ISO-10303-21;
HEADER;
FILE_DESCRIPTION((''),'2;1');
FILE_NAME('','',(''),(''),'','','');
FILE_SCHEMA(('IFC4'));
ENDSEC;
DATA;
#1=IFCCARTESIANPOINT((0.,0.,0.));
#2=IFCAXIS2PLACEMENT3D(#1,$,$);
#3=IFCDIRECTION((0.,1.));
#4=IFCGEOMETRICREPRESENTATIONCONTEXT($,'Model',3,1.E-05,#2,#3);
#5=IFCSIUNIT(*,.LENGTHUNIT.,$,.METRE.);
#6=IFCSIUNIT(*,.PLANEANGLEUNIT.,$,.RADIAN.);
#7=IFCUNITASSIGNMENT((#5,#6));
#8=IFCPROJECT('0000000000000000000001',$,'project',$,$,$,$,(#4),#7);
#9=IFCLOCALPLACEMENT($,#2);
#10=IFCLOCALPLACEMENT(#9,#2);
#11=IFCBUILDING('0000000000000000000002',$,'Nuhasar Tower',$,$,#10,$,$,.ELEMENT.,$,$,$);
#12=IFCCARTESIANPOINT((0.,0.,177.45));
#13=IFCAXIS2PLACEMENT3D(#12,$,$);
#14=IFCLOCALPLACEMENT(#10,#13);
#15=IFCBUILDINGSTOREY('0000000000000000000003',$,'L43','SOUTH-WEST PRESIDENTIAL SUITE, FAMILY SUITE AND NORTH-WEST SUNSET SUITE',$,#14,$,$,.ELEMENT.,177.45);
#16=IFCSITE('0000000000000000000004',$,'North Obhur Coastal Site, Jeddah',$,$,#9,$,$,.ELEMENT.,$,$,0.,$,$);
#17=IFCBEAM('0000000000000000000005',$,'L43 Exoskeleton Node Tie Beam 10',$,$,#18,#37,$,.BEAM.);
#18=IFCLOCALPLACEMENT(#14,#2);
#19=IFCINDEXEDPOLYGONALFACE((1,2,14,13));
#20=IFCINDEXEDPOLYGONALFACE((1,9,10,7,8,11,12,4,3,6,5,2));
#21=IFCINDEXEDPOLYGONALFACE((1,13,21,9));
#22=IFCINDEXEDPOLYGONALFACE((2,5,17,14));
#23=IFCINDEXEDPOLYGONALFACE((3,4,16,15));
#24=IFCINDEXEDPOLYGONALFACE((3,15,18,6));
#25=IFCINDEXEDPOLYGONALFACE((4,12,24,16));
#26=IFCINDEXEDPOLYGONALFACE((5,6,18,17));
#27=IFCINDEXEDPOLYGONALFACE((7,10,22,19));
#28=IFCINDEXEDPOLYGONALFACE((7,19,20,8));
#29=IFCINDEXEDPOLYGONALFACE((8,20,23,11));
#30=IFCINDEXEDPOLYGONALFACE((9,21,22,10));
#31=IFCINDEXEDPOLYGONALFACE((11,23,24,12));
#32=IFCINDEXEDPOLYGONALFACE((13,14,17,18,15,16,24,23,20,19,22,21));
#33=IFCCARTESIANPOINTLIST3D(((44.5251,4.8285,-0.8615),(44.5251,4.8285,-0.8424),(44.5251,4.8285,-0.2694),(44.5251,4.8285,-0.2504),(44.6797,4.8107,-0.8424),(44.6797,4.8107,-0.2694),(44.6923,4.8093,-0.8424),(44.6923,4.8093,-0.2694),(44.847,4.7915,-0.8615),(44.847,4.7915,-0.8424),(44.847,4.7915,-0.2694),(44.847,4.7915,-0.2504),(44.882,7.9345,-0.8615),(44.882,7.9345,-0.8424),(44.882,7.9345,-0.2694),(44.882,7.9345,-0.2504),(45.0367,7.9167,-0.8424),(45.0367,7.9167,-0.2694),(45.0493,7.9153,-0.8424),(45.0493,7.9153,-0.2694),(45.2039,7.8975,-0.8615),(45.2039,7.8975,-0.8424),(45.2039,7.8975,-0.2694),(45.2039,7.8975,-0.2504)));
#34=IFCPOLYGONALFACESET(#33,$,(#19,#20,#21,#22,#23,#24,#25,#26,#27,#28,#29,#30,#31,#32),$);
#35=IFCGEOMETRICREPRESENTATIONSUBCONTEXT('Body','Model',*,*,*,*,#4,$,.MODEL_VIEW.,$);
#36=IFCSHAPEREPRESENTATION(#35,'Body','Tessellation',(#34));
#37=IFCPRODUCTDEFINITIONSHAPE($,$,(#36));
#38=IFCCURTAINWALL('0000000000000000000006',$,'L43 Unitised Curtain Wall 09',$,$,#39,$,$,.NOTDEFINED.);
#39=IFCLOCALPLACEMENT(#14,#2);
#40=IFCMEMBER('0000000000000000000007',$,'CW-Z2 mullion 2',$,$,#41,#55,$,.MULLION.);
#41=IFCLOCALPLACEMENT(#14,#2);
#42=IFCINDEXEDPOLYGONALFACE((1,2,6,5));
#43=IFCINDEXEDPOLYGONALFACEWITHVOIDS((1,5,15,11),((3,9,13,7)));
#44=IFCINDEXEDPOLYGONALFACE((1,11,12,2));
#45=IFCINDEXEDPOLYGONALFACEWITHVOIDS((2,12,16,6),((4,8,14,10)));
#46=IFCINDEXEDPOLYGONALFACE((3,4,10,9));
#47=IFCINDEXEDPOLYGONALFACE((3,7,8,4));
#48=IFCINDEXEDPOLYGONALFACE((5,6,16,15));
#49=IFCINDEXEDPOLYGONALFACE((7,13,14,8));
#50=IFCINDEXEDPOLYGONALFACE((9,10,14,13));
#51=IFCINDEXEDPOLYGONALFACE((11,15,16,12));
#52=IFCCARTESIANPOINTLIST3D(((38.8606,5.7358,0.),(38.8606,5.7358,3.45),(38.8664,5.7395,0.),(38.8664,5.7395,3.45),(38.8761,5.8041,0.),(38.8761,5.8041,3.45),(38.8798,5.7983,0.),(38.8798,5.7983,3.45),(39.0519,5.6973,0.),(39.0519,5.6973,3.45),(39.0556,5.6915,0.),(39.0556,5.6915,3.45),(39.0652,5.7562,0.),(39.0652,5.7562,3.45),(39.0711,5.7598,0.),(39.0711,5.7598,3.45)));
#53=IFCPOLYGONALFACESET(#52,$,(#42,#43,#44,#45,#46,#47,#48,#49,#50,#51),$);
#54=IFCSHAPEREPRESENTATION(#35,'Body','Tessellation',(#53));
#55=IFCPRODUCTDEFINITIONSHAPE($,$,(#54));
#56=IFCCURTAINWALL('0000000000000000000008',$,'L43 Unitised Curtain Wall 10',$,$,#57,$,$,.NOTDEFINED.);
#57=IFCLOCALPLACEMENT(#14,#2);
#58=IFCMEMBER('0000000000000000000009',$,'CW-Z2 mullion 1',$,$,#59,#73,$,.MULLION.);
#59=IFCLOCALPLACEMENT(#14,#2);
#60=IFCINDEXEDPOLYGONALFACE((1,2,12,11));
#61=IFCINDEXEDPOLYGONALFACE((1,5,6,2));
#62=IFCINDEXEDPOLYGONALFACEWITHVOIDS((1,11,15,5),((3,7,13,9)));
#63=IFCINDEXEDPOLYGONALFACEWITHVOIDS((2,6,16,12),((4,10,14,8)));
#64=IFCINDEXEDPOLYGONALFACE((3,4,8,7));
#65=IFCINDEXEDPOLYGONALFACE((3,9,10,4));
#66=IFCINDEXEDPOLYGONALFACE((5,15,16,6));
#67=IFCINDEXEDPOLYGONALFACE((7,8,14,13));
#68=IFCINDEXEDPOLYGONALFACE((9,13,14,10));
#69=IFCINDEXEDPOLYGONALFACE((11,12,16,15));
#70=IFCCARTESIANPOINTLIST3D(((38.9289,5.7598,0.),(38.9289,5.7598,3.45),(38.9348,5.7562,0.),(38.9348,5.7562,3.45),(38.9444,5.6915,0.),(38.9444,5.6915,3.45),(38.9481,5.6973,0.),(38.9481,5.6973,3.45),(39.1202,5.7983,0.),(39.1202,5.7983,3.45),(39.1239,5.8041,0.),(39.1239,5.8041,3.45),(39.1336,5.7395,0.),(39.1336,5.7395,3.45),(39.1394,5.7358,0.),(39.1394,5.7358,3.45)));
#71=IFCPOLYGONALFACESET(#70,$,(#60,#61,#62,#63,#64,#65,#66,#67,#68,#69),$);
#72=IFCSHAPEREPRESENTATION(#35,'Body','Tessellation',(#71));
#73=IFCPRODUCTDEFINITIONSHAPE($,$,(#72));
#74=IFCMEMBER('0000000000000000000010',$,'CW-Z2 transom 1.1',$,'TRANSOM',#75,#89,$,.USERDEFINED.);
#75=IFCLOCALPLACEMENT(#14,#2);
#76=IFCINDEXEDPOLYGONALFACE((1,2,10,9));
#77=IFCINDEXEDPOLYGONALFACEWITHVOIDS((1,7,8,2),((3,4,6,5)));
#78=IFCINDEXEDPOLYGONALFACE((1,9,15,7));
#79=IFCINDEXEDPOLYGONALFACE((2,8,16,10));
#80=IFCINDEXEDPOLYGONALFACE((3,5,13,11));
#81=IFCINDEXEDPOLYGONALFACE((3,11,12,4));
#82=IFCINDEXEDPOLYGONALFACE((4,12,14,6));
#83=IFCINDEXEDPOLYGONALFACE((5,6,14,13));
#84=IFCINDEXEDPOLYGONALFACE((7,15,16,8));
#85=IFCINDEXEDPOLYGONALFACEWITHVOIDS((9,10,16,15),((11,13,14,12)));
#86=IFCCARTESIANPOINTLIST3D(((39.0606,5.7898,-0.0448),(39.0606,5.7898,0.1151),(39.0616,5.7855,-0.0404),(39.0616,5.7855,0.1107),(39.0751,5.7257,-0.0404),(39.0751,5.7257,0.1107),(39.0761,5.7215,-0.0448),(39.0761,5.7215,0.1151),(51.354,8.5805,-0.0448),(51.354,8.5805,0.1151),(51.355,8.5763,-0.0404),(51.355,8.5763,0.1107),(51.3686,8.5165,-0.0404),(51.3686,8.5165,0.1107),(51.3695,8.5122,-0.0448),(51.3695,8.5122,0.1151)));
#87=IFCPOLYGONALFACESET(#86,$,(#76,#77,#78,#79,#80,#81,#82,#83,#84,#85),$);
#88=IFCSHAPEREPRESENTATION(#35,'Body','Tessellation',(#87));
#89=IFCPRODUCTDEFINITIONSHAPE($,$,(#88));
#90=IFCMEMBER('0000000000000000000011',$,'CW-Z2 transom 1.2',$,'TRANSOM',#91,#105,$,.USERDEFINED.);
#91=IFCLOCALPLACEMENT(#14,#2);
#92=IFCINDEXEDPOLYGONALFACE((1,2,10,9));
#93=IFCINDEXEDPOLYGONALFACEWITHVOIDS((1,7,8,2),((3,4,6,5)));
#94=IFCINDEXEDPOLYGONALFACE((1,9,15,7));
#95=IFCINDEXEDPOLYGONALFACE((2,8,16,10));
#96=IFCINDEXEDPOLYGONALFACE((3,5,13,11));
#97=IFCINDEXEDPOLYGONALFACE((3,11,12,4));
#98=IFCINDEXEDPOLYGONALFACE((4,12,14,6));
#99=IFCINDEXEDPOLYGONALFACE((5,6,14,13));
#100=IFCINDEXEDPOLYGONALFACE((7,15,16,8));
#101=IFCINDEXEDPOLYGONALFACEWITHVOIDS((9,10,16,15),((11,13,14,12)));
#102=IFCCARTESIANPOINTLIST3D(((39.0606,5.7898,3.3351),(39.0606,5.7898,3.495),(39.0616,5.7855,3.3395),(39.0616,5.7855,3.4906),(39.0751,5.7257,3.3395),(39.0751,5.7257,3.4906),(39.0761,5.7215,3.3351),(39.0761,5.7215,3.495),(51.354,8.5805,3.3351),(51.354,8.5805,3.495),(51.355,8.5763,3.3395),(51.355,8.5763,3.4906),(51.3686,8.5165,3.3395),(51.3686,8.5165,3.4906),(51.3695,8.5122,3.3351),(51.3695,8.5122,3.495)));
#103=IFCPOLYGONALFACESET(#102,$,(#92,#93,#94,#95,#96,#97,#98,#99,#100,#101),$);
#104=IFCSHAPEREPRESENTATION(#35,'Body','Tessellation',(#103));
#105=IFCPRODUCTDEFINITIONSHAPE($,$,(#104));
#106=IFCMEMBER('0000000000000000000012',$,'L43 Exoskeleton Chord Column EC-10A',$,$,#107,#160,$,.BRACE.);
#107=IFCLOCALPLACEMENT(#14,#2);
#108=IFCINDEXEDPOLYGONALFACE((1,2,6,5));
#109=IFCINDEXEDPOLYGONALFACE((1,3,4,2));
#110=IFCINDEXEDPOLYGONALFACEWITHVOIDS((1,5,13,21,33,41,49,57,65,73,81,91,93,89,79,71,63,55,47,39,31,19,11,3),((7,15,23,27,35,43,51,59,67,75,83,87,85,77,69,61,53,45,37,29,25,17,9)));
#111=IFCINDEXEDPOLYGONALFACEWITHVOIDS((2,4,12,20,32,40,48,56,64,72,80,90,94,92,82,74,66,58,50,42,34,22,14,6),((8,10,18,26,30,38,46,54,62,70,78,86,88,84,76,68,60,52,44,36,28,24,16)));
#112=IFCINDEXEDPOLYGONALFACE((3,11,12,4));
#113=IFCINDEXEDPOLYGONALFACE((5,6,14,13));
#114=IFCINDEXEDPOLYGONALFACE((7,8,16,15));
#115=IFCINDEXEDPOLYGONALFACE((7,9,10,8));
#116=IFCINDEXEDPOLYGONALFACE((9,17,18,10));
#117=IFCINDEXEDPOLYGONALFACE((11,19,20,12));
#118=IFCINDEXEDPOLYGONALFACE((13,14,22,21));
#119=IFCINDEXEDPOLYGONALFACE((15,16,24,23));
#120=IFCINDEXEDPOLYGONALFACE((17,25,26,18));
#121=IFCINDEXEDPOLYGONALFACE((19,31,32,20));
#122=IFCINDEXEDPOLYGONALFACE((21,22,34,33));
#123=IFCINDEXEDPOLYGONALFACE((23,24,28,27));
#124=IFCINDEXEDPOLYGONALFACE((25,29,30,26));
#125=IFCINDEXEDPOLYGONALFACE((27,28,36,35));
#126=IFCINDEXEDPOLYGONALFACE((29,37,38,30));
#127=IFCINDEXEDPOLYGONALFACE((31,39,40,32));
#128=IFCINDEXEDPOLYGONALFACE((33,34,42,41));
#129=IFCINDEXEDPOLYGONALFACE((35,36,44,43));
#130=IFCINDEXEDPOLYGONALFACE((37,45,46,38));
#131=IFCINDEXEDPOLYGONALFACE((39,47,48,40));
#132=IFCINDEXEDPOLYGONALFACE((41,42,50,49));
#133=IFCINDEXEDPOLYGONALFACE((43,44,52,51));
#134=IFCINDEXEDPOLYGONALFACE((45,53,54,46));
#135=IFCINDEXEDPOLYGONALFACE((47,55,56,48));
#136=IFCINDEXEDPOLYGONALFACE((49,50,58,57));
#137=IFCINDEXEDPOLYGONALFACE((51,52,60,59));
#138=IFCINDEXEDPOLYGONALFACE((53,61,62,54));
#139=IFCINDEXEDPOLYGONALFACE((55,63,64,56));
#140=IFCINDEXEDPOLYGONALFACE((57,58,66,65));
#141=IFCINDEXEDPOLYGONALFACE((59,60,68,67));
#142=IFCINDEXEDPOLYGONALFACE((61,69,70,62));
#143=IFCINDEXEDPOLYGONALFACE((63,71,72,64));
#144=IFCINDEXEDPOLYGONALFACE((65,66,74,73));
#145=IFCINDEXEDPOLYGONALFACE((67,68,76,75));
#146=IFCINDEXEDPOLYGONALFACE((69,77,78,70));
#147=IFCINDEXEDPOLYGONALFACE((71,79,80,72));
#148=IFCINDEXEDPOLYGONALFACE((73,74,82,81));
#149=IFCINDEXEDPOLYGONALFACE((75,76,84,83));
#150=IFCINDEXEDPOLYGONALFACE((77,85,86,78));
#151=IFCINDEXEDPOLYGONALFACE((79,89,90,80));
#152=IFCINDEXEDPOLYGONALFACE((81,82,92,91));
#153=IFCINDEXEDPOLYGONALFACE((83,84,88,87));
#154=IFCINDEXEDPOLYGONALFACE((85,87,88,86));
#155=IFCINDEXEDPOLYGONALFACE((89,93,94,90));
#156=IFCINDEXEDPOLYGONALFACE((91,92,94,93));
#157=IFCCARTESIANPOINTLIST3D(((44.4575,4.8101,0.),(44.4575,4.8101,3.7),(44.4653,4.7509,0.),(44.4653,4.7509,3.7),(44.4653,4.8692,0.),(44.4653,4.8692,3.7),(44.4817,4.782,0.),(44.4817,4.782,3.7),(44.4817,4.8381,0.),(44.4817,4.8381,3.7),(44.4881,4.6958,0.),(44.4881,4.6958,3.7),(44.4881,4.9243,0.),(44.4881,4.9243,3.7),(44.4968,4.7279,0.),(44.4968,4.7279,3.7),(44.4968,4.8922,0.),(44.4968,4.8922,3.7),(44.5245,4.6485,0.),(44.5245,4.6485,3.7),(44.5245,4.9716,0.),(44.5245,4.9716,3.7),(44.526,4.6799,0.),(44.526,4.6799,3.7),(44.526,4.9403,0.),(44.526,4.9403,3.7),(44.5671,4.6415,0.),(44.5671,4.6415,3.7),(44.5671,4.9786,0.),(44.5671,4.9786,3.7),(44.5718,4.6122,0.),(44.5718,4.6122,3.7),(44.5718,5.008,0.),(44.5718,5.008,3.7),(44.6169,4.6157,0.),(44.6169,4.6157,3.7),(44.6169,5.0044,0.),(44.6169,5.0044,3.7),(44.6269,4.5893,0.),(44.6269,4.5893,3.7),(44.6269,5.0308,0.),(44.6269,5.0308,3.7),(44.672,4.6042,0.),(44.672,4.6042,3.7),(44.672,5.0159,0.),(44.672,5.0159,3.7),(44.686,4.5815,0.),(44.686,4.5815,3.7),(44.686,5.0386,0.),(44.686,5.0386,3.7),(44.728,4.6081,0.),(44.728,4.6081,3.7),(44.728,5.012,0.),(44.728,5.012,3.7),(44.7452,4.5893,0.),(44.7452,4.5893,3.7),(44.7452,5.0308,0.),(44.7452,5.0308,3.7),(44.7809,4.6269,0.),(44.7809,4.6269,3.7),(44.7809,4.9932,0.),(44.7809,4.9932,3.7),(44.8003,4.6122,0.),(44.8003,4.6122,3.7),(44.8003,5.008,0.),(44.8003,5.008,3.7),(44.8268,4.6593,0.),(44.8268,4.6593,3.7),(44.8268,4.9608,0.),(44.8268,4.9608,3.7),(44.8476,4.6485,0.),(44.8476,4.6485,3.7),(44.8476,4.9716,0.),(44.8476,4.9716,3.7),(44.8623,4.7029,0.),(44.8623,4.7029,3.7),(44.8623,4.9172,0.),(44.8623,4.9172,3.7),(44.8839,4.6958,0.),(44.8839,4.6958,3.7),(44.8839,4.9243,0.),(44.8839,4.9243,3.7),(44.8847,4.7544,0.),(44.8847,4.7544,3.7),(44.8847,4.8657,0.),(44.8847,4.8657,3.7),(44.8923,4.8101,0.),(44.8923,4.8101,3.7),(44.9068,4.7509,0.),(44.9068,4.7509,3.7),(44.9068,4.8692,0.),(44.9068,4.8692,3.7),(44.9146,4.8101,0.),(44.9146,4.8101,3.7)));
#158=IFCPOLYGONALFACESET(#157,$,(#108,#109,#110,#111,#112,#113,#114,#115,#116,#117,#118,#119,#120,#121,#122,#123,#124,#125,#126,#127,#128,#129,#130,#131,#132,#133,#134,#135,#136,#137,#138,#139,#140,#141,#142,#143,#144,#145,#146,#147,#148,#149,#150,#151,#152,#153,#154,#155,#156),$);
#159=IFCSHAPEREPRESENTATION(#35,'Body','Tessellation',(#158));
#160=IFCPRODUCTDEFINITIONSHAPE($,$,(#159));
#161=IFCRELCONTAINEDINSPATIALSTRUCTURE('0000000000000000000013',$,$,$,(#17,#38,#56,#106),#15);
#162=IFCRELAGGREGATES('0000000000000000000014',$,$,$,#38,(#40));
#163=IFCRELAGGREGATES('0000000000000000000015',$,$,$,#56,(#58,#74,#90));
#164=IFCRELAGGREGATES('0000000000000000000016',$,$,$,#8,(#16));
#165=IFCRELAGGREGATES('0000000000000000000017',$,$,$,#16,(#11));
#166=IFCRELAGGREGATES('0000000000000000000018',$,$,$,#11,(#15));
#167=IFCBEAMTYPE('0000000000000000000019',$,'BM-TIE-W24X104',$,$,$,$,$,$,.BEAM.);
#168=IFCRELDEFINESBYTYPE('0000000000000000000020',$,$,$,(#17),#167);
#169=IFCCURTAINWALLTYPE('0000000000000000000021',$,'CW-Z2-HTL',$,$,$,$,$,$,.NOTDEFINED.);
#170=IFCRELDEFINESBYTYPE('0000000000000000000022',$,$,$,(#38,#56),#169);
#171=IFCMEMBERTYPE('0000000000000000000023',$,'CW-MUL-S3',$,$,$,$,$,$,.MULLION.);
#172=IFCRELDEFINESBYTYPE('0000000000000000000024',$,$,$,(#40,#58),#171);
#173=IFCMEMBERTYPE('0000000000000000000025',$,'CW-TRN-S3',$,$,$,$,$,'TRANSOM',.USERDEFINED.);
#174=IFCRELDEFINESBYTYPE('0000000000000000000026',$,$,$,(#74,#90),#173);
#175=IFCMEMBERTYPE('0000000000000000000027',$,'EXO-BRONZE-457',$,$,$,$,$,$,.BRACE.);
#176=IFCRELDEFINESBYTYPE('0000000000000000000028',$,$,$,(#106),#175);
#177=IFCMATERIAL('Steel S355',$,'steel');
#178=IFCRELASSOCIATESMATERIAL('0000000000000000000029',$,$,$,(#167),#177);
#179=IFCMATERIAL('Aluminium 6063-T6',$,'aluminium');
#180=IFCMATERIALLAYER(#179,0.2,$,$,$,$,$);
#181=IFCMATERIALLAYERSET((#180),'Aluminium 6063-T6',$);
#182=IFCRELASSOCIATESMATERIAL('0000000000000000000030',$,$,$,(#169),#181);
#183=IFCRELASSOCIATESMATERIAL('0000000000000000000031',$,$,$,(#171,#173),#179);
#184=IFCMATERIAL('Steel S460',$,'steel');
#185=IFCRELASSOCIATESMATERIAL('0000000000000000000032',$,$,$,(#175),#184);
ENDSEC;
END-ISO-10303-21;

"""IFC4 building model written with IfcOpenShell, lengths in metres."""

from ifc_helpers import new_model, si_unit, direction, frame, origin, origin_2d, place, context, subcontext, project, spatial, hollow_rectangle, hollow_circle, i_section, extrude, material, layer, layer_set, material_profile, profile_set, type_object, element, aggregate, save


model = new_model("IFC4")

# Units and contexts
model_context = context("Model", 3, precision=1e-05, world=origin(), true_north=direction((0.0, 1.0)))
body_context = subcontext(model_context, "Body", "Model", "MODEL_VIEW")
ifc_project = project(units=[si_unit("LENGTHUNIT", "METRE"), si_unit("PLANEANGLEUNIT", "RADIAN")], contexts=[model_context])

# Site, building, storey
site_placement = place(None, origin())
site = spatial("IfcSite", under=ifc_project, at=site_placement, Name="North Obhur Coastal Site, Jeddah", CompositionType="ELEMENT", RefElevation=0.0)
building_placement = place(site_placement, origin())
building = spatial("IfcBuilding", under=site, at=building_placement, Name="Nuhasar Tower", CompositionType="ELEMENT")
storey_placement = place(building_placement, frame((0.0, 0.0, 177.45)))
storey = spatial("IfcBuildingStorey", under=building, at=storey_placement, Name="L43", Description="SOUTH-WEST PRESIDENTIAL SUITE, FAMILY SUITE AND NORTH-WEST SUNSET SUITE", CompositionType="ELEMENT", Elevation=177.45)

# Beam
ifc_material_1 = material(Name="Steel S355", Category="steel")
ifc_material_profile_1 = material_profile(ifc_material_1, i_section(OverallWidth=0.324, OverallDepth=0.6111, WebThickness=0.0127, FlangeThickness=0.019, at=origin_2d()), Name="W24X104")
ifc_profile_set_1 = profile_set([ifc_material_profile_1], Name="Steel S355")
beam_type_1 = type_object("IfcBeamType", Name="BM-TIE-W24X104", PredefinedType="BEAM", material=ifc_profile_set_1)
beam_1_placement = place(storey_placement, frame((45.043, 7.916, -0.5559), z_axis=(-0.114168, -0.993461, 0.0), x_axis=(0.993461, -0.114168, 0.0)))
element("IfcBeam", 1, at=beam_1_placement, inside=storey, type_object=beam_type_1, Name="L43 Exoskeleton Node Tie Beam 10", PredefinedType="BEAM", context=body_context, shape_type="SweptSolid", body=[
    extrude(i_section(OverallWidth=0.324, OverallDepth=0.6111, WebThickness=0.0127, FlangeThickness=0.019, at=origin_2d()), origin(), (0.0, 0.0, 1.0), 3.1265),
])

# Curtain wall, member
ifc_material_2 = material(Name="Aluminium 6063-T6", Category="aluminium")
ifc_layer_1 = layer(ifc_material_2, 0.2)
ifc_layer_set_1 = layer_set([ifc_layer_1], Name="Aluminium 6063-T6")
curtain_wall_type = type_object("IfcCurtainWallType", Name="CW-Z2-HTL", PredefinedType="NOTDEFINED", material=ifc_layer_set_1)
curtain_wall_1_placement = place(storey_placement, origin())
curtain_wall_1 = element("IfcCurtainWall", 2, at=curtain_wall_1_placement, inside=storey, type_object=curtain_wall_type, Name="L43 Unitised Curtain Wall 09", PredefinedType="NOTDEFINED")
ifc_material_profile_2 = material_profile(ifc_material_2, hollow_rectangle(XDim=0.0701, YDim=0.2, WallThickness=0.0049, at=origin_2d()), Name="CWM-3")
ifc_profile_set_2 = profile_set([ifc_material_profile_2], Name="Aluminium 6063-T6")
member_type_1 = type_object("IfcMemberType", Name="CW-MUL-S3", PredefinedType="MULLION", material=ifc_profile_set_2)
member_1_placement = place(storey_placement, frame((38.9658, 5.7478, 0.0), z_axis=(0.0, 0.0, 1.0), x_axis=(0.221397, 0.975184, 0.0)))
member_1 = element("IfcMember", 3, at=member_1_placement, type_object=member_type_1, Name="CW-Z2 mullion 2", PredefinedType="MULLION", context=body_context, shape_type="SweptSolid", body=[
    extrude(hollow_rectangle(XDim=0.0701, YDim=0.2, WallThickness=0.0049, at=origin_2d()), origin(), (0.0, 0.0, 1.0), 3.45),
])
aggregate(curtain_wall_1, [member_1])

# Curtain wall, members
curtain_wall_2_placement = place(storey_placement, origin())
curtain_wall_2 = element("IfcCurtainWall", 4, at=curtain_wall_2_placement, inside=storey, type_object=curtain_wall_type, Name="L43 Unitised Curtain Wall 10", PredefinedType="NOTDEFINED")
member_2_placement = place(storey_placement, frame((39.0342, 5.7478, 0.0), z_axis=(0.0, 0.0, 1.0), x_axis=(-0.221397, 0.975184, 0.0)))
member_2 = element("IfcMember", 5, at=member_2_placement, type_object=member_type_1, Name="CW-Z2 mullion 1", PredefinedType="MULLION", context=body_context, shape_type="SweptSolid", body=[
    extrude(hollow_rectangle(XDim=0.0701, YDim=0.2, WallThickness=0.0049, at=origin_2d()), origin(), (0.0, 0.0, 1.0), 3.45),
])
ifc_material_profile_3 = material_profile(ifc_material_2, hollow_rectangle(XDim=0.0701, YDim=0.1599, WallThickness=0.0044, at=origin_2d()), Name="CWT-3")
ifc_profile_set_3 = profile_set([ifc_material_profile_3], Name="Aluminium 6063-T6")
member_type_2 = type_object("IfcMemberType", Name="CW-TRN-S3", ElementType="TRANSOM", PredefinedType="USERDEFINED", material=ifc_profile_set_3)
member_3_placement = place(storey_placement, frame((39.0684, 5.7556, 0.0352), z_axis=(0.975188, 0.22138, 0.0), x_axis=(-0.22138, 0.975188, 0.0)))
member_3 = element("IfcMember", 6, at=member_3_placement, type_object=member_type_2, Name="CW-Z2 transom 1.1", ObjectType="TRANSOM", PredefinedType="USERDEFINED", context=body_context, shape_type="SweptSolid", body=[
    extrude(hollow_rectangle(XDim=0.0701, YDim=0.1599, WallThickness=0.0044, at=origin_2d()), origin(), (0.0, 0.0, 1.0), 12.6062),
])
member_4_placement = place(storey_placement, frame((39.0684, 5.7556, 3.415), z_axis=(0.975188, 0.22138, 0.0), x_axis=(-0.22138, 0.975188, 0.0)))
member_4 = element("IfcMember", 7, at=member_4_placement, type_object=member_type_2, Name="CW-Z2 transom 1.2", ObjectType="TRANSOM", PredefinedType="USERDEFINED", context=body_context, shape_type="SweptSolid", body=[
    extrude(hollow_rectangle(XDim=0.0701, YDim=0.1599, WallThickness=0.0044, at=origin_2d()), origin(), (0.0, 0.0, 1.0), 12.6062),
])

# Member
ifc_material_3 = material(Name="Steel S460", Category="steel")
ifc_material_profile_4 = material_profile(ifc_material_3, hollow_circle(Radius=0.2285, WallThickness=0.0222, at=origin_2d()), Name="HSS457X22.2")
ifc_profile_set_4 = profile_set([ifc_material_profile_4], Name="Steel S460")
member_type_3 = type_object("IfcMemberType", Name="EXO-BRONZE-457", PredefinedType="BRACE", material=ifc_profile_set_4)
member_5_placement = place(storey_placement, frame((44.686, 4.8101, 0.0), z_axis=(0.0, 0.0, 1.0), x_axis=(1.0, 0.0, 0.0)))
element("IfcMember", 8, at=member_5_placement, inside=storey, type_object=member_type_3, Name="L43 Exoskeleton Chord Column EC-10A", PredefinedType="BRACE", context=body_context, shape_type="SweptSolid", body=[
    extrude(hollow_circle(Radius=0.2285, WallThickness=0.0222, at=origin_2d()), origin(), (0.0, 0.0, 1.0), 3.7),
])

aggregate(curtain_wall_2, [member_2, member_3, member_4])

save(model, "model.ifc")
